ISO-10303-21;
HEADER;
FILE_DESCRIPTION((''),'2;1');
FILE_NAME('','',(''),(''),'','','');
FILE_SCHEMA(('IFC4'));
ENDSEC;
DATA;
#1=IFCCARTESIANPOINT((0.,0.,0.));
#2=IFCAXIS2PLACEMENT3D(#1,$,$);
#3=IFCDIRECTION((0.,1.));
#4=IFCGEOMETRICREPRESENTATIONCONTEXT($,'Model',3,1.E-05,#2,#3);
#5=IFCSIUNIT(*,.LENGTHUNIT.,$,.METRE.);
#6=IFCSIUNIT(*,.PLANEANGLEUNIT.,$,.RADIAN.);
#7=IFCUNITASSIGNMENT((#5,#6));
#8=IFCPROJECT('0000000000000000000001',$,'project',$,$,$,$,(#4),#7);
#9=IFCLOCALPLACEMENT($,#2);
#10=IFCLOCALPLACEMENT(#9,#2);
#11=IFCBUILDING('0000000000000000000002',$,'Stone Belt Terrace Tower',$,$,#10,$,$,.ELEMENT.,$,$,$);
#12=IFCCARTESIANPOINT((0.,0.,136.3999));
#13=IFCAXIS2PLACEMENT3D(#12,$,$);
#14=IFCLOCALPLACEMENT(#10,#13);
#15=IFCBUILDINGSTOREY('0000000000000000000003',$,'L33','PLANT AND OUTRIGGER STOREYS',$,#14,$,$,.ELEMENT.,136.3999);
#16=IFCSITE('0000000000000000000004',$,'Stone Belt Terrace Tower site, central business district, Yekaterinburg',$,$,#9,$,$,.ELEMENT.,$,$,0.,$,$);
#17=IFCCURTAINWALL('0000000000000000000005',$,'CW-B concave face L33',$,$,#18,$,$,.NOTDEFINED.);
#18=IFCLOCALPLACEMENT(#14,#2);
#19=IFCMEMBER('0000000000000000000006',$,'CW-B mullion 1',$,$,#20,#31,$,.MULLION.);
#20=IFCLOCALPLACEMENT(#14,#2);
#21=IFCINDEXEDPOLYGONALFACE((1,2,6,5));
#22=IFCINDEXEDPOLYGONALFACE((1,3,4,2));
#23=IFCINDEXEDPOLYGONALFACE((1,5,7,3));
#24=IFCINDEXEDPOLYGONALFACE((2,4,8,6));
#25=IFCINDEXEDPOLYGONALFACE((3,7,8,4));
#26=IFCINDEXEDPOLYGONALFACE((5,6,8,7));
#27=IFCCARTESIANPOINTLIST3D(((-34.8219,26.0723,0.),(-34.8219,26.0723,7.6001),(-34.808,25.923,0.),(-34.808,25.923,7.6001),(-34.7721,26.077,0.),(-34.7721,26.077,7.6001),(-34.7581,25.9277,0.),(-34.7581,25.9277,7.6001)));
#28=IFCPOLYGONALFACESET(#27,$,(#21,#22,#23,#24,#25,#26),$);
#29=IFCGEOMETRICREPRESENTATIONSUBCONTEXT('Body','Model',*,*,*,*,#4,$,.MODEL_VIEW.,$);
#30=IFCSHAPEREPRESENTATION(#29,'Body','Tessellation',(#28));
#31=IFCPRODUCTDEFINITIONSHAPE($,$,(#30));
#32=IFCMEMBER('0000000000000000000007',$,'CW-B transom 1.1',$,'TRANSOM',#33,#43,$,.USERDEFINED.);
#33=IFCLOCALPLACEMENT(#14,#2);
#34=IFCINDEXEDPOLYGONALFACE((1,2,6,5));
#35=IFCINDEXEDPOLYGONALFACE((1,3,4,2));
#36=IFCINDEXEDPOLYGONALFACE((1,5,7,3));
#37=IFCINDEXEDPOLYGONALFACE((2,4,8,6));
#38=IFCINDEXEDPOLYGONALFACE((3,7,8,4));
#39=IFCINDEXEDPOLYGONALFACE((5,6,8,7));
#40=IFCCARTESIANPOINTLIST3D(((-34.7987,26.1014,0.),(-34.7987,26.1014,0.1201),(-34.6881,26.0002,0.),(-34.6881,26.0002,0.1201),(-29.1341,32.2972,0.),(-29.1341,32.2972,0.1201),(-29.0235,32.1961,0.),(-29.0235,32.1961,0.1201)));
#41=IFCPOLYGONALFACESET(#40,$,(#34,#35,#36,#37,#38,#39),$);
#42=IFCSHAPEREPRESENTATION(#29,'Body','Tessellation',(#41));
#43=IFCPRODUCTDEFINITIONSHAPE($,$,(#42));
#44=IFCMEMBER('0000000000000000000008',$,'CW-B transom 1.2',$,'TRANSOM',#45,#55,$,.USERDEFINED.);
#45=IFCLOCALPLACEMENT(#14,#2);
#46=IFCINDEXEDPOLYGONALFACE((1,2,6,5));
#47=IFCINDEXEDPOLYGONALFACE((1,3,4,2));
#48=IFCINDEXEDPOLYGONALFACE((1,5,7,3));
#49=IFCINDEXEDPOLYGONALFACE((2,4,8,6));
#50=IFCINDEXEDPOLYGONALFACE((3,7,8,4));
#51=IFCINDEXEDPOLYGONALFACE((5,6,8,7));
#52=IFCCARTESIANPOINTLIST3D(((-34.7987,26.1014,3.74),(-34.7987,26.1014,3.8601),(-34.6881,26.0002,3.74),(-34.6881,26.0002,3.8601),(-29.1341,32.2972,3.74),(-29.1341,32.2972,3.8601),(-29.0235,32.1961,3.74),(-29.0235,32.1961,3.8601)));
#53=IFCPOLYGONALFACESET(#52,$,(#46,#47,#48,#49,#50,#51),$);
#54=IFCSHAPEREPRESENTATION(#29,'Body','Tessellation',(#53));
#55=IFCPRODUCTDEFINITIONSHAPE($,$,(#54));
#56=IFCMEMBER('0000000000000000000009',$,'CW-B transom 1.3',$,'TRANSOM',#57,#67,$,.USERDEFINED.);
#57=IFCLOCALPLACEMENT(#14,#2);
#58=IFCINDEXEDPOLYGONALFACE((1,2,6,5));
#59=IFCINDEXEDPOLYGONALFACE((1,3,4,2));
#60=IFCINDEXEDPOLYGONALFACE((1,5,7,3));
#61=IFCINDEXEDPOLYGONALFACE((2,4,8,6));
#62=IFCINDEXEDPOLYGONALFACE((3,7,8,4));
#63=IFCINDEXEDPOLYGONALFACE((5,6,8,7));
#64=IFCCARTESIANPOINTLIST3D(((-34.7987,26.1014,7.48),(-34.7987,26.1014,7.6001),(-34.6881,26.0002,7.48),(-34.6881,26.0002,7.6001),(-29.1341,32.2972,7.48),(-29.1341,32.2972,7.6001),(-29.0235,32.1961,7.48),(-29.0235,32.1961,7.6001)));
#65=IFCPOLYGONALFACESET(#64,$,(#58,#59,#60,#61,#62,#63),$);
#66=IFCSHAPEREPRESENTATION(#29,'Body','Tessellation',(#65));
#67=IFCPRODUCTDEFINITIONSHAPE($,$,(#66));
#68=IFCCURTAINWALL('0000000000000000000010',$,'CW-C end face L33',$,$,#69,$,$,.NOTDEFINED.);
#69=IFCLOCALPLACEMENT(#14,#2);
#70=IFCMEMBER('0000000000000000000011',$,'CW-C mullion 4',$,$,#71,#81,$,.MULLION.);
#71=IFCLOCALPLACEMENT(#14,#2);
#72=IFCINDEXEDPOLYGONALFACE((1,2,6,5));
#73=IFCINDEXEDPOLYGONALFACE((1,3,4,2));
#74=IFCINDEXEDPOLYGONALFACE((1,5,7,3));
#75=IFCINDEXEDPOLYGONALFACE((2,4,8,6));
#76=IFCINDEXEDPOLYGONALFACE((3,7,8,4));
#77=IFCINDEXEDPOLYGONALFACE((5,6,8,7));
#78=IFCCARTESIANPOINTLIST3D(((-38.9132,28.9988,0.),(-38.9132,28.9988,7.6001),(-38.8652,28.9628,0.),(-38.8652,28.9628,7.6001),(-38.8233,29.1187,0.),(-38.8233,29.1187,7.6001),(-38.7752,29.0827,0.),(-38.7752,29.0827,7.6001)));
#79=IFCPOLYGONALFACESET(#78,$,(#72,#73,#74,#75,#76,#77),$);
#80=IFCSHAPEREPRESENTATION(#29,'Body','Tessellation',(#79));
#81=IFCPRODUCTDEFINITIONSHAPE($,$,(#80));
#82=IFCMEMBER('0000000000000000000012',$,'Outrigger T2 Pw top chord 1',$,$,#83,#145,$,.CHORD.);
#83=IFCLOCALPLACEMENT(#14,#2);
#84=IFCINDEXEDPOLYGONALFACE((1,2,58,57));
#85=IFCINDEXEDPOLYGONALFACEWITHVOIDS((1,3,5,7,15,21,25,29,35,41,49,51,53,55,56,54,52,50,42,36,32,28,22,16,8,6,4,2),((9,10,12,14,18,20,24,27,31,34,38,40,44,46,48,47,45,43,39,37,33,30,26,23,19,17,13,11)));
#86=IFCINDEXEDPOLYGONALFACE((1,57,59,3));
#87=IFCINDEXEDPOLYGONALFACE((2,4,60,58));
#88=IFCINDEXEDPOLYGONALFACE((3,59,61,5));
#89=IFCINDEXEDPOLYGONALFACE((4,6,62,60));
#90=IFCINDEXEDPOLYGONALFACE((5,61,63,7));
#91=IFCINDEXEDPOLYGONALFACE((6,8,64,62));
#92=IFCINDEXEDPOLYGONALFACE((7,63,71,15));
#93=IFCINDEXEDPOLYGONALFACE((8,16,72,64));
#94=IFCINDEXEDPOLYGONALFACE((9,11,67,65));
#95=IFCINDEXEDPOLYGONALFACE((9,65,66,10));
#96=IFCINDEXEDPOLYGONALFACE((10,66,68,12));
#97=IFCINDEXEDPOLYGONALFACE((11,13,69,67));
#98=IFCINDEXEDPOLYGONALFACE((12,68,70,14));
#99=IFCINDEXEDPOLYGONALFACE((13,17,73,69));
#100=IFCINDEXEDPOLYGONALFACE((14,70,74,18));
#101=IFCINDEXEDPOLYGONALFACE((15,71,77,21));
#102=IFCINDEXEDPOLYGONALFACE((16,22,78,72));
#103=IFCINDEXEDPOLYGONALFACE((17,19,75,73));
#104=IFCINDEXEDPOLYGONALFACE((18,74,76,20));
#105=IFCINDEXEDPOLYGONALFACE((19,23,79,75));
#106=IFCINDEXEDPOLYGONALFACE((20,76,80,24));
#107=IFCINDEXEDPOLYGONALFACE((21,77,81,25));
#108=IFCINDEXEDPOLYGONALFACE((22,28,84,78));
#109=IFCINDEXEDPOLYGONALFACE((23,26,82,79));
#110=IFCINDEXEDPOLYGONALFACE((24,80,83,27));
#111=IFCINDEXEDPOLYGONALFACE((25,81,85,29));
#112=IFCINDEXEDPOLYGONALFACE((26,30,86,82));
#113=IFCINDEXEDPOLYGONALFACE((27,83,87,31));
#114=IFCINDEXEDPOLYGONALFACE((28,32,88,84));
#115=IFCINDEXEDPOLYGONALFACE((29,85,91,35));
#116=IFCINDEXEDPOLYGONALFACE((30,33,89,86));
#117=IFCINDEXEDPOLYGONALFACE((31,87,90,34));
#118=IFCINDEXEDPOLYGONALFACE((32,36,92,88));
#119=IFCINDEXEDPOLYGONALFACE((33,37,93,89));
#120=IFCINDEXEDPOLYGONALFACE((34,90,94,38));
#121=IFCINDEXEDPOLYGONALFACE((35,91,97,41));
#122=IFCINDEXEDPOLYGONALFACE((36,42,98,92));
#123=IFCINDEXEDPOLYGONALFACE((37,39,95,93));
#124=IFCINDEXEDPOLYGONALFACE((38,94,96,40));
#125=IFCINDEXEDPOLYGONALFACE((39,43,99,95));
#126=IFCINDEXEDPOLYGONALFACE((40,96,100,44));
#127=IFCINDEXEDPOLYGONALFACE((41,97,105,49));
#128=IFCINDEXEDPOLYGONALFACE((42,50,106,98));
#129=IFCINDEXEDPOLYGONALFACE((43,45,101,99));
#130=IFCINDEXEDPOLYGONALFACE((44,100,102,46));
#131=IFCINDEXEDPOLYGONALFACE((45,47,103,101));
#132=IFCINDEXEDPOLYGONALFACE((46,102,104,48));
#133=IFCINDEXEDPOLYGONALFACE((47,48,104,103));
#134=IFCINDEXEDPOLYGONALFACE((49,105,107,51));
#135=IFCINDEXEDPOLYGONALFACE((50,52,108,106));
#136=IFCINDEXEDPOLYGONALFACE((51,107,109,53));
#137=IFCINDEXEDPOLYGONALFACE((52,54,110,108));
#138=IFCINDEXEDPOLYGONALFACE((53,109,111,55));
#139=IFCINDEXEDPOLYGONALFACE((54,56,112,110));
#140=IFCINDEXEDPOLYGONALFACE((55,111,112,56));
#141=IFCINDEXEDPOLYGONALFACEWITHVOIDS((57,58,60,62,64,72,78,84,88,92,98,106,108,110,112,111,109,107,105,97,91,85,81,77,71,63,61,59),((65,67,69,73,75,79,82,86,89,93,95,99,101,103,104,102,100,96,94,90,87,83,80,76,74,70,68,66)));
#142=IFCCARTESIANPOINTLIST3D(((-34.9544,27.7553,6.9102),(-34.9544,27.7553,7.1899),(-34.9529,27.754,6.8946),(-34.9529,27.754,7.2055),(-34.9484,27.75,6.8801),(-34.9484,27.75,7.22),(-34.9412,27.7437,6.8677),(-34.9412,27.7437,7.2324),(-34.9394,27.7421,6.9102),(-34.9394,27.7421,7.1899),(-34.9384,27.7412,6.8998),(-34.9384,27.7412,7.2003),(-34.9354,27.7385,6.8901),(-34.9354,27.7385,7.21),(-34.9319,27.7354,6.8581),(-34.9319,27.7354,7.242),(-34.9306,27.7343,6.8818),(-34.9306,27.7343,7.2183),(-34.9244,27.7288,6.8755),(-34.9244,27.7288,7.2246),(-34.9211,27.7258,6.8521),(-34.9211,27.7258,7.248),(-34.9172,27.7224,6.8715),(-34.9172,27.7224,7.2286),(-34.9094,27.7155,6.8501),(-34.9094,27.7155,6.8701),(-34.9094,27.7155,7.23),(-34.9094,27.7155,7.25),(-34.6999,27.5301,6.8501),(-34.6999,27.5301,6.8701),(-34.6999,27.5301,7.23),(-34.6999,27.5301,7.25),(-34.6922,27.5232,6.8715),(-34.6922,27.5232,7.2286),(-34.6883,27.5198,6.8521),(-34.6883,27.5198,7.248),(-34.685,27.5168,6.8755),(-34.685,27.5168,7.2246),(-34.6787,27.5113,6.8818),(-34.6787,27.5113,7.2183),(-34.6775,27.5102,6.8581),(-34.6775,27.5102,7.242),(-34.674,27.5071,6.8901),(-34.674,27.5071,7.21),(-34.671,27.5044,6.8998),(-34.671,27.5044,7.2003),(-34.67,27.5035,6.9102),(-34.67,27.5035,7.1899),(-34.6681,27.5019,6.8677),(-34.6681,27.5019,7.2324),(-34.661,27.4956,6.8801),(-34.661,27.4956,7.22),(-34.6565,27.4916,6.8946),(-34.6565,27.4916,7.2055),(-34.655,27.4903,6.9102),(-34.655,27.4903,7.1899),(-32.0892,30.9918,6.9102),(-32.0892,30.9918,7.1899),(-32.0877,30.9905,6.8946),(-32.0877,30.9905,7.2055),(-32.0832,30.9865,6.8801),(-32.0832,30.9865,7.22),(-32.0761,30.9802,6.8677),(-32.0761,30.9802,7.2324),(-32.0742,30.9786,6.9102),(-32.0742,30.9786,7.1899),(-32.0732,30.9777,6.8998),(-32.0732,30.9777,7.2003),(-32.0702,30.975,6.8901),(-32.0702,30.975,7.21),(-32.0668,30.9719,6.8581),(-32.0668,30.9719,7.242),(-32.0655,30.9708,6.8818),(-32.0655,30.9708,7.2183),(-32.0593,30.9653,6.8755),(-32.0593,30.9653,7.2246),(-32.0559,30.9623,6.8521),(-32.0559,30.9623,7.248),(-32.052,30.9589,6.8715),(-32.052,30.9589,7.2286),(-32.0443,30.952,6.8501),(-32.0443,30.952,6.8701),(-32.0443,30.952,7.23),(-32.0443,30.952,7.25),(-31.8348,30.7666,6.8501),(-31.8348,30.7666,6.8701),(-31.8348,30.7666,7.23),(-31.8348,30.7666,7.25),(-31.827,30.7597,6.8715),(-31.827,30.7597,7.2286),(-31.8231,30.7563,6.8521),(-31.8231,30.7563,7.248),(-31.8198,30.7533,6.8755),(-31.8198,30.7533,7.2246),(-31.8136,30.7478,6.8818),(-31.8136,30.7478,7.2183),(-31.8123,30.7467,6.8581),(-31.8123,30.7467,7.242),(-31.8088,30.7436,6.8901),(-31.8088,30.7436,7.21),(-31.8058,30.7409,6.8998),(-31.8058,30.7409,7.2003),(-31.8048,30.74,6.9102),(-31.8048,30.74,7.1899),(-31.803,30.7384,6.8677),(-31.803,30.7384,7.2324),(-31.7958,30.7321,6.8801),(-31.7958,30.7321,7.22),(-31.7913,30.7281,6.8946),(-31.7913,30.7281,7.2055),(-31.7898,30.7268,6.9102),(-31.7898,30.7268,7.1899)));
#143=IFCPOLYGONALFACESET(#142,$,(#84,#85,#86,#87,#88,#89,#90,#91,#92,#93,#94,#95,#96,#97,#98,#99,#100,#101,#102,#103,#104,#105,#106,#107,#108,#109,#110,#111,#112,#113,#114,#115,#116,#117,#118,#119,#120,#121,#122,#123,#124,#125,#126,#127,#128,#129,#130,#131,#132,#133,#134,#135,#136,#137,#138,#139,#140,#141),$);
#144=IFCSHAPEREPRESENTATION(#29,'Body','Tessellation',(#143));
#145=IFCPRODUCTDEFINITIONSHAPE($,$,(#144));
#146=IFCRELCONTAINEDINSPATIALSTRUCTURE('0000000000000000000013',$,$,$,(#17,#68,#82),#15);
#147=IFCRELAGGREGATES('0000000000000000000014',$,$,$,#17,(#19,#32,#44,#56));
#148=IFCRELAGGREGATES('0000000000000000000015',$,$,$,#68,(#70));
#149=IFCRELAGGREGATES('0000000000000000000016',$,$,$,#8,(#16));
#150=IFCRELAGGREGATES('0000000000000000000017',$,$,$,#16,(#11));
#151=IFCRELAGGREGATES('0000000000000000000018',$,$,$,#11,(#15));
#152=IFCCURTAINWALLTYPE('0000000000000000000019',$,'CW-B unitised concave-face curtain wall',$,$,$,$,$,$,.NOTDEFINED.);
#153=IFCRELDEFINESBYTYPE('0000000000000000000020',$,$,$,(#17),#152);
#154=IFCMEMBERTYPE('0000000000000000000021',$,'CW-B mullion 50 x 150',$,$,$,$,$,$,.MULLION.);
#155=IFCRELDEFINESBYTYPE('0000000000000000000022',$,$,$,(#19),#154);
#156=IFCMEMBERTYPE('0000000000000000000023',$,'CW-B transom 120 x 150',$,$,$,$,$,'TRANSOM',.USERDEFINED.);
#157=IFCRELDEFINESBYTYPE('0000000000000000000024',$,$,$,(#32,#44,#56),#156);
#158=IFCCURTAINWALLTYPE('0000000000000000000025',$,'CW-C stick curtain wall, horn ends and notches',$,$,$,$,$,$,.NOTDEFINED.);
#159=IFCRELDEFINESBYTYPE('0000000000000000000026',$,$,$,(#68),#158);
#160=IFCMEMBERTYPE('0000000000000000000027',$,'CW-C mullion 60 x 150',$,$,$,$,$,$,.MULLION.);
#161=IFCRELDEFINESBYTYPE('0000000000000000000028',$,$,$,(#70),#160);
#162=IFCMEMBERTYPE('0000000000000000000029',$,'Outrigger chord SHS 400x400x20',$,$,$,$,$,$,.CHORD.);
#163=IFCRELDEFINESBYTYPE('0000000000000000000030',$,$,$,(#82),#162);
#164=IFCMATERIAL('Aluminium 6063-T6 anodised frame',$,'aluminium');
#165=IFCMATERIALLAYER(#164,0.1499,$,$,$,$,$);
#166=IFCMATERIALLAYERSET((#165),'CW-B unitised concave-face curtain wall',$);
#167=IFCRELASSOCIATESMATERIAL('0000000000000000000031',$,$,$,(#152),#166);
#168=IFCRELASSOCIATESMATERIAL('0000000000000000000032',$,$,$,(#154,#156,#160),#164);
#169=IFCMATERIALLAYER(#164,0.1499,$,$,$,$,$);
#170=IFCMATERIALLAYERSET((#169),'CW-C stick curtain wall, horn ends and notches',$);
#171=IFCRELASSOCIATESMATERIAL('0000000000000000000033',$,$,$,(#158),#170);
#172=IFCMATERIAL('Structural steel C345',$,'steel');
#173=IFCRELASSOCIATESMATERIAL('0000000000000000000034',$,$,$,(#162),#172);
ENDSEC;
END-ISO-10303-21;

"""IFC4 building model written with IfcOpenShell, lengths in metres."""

from ifc_helpers import new_model, si_unit, direction, frame, origin, origin_2d, place, context, subcontext, project, spatial, rectangle, hollow_rectangle, extrude, material, layer, layer_set, material_profile, profile_set, type_object, element, aggregate, save


model = new_model("IFC4")

# Units and contexts
model_context = context("Model", 3, precision=1e-05, world=origin(), true_north=direction((0.0, 1.0)))
body_context = subcontext(model_context, "Body", "Model", "MODEL_VIEW")
ifc_project = project(units=[si_unit("LENGTHUNIT", "METRE"), si_unit("PLANEANGLEUNIT", "RADIAN")], contexts=[model_context])

# Site, building, storey
site_placement = place(None, origin())
site = spatial("IfcSite", under=ifc_project, at=site_placement, Name="Stone Belt Terrace Tower site, central business district, Yekaterinburg", CompositionType="ELEMENT", RefElevation=0.0)
building_placement = place(site_placement, origin())
building = spatial("IfcBuilding", under=site, at=building_placement, Name="Stone Belt Terrace Tower", CompositionType="ELEMENT")
storey_placement = place(building_placement, frame((0.0, 0.0, 136.3999)))
storey = spatial("IfcBuildingStorey", under=building, at=storey_placement, Name="L33", Description="PLANT AND OUTRIGGER STOREYS", CompositionType="ELEMENT", Elevation=136.3999)

# Curtain wall, members
ifc_material_1 = material(Name="Aluminium 6063-T6 anodised frame", Category="aluminium")
ifc_layer_1 = layer(ifc_material_1, 0.1499)
ifc_layer_set_1 = layer_set([ifc_layer_1], Name="CW-B unitised concave-face curtain wall")
curtain_wall_type_1 = type_object("IfcCurtainWallType", Name="CW-B unitised concave-face curtain wall", PredefinedType="NOTDEFINED", material=ifc_layer_set_1)
curtain_wall_1_placement = place(storey_placement, origin())
curtain_wall_1 = element("IfcCurtainWall", 1, at=curtain_wall_1_placement, inside=storey, type_object=curtain_wall_type_1, Name="CW-B concave face L33", PredefinedType="NOTDEFINED")
ifc_material_profile_1 = material_profile(ifc_material_1, rectangle(XDim=0.1499, YDim=0.05, at=origin_2d()), Name="Aluminium 6063-T6 50x150")
ifc_profile_set_1 = profile_set([ifc_material_profile_1], Name="Aluminium 6063-T6 anodised frame")
member_type_1 = type_object("IfcMemberType", Name="CW-B mullion 50 x 150", PredefinedType="MULLION", material=ifc_profile_set_1)
member_1_placement = place(storey_placement, frame((-34.79, 26.0, 0.0), z_axis=(0.0, 0.0, 1.0), x_axis=(-0.093181, 0.995649, 0.0)))
member_1 = element("IfcMember", 2, at=member_1_placement, type_object=member_type_1, Name="CW-B mullion 1", PredefinedType="MULLION", context=body_context, shape_type="SweptSolid", body=[
    extrude(rectangle(XDim=0.1499, YDim=0.05, at=origin_2d()), origin(), (0.0, 0.0, 1.0), 7.6001),
])
ifc_material_profile_2 = material_profile(ifc_material_1, rectangle(XDim=0.1499, YDim=0.1201, at=origin_2d()), Name="Aluminium 6063-T6 150x120")
ifc_profile_set_2 = profile_set([ifc_material_profile_2], Name="Aluminium 6063-T6 anodised frame")
member_type_2 = type_object("IfcMemberType", Name="CW-B transom 120 x 150", ElementType="TRANSOM", PredefinedType="USERDEFINED", material=ifc_profile_set_2)
member_2_placement = place(storey_placement, frame((-34.7434, 26.0508, 0.0601), z_axis=(0.674757, 0.73804, 0.0), x_axis=(-0.73804, 0.674757, 0.0)))
member_2 = element("IfcMember", 3, at=member_2_placement, type_object=member_type_2, Name="CW-B transom 1.1", ObjectType="TRANSOM", PredefinedType="USERDEFINED", context=body_context, shape_type="SweptSolid", body=[
    extrude(rectangle(XDim=0.1499, YDim=0.1201, at=origin_2d()), origin(), (0.0, 0.0, 1.0), 8.395),
])
member_3_placement = place(storey_placement, frame((-34.7434, 26.0508, 3.8), z_axis=(0.674757, 0.73804, 0.0), x_axis=(-0.73804, 0.674757, 0.0)))
member_3 = element("IfcMember", 4, at=member_3_placement, type_object=member_type_2, Name="CW-B transom 1.2", ObjectType="TRANSOM", PredefinedType="USERDEFINED", context=body_context, shape_type="SweptSolid", body=[
    extrude(rectangle(XDim=0.1499, YDim=0.1201, at=origin_2d()), origin(), (0.0, 0.0, 1.0), 8.395),
])
member_4_placement = place(storey_placement, frame((-34.7434, 26.0508, 7.54), z_axis=(0.674757, 0.73804, 0.0), x_axis=(-0.73804, 0.674757, 0.0)))
member_4 = element("IfcMember", 5, at=member_4_placement, type_object=member_type_2, Name="CW-B transom 1.3", ObjectType="TRANSOM", PredefinedType="USERDEFINED", context=body_context, shape_type="SweptSolid", body=[
    extrude(rectangle(XDim=0.1499, YDim=0.1201, at=origin_2d()), origin(), (0.0, 0.0, 1.0), 8.395),
])
aggregate(curtain_wall_1, [member_1, member_2, member_3, member_4])

# Curtain wall, member
ifc_layer_2 = layer(ifc_material_1, 0.1499)
ifc_layer_set_2 = layer_set([ifc_layer_2], Name="CW-C stick curtain wall, horn ends and notches")
curtain_wall_type_2 = type_object("IfcCurtainWallType", Name="CW-C stick curtain wall, horn ends and notches", PredefinedType="NOTDEFINED", material=ifc_layer_set_2)
curtain_wall_2_placement = place(storey_placement, origin())
curtain_wall_2 = element("IfcCurtainWall", 6, at=curtain_wall_2_placement, inside=storey, type_object=curtain_wall_type_2, Name="CW-C end face L33", PredefinedType="NOTDEFINED")
ifc_material_profile_3 = material_profile(ifc_material_1, rectangle(XDim=0.1499, YDim=0.0601, at=origin_2d()), Name="Aluminium 6063-T6 60x150")
ifc_profile_set_3 = profile_set([ifc_material_profile_3], Name="Aluminium 6063-T6 anodised frame")
member_type_3 = type_object("IfcMemberType", Name="CW-C mullion 60 x 150", PredefinedType="MULLION", material=ifc_profile_set_3)
member_5_placement = place(storey_placement, frame((-38.8442, 29.0408, 0.0), z_axis=(0.0, 0.0, 1.0), x_axis=(0.600018, 0.799987, 0.0)))
member_5 = element("IfcMember", 7, at=member_5_placement, type_object=member_type_3, Name="CW-C mullion 4", PredefinedType="MULLION", context=body_context, shape_type="SweptSolid", body=[
    extrude(rectangle(XDim=0.1499, YDim=0.0601, at=origin_2d()), origin(), (0.0, 0.0, 1.0), 7.6001),
])

# Member
ifc_material_2 = material(Name="Structural steel C345", Category="steel")
ifc_material_profile_4 = material_profile(ifc_material_2, hollow_rectangle(XDim=0.3999, YDim=0.3999, WallThickness=0.02, InnerFilletRadius=0.04, OuterFilletRadius=0.0601, at=origin_2d()), Name="SHS 400x400x20")
ifc_profile_set_4 = profile_set([ifc_material_profile_4], Name="Structural steel C345")
member_type_4 = type_object("IfcMemberType", Name="Outrigger chord SHS 400x400x20", PredefinedType="CHORD", material=ifc_profile_set_4)
for number, where, z_axis, x_axis, name in (
    (8, (-34.8047, 27.6228, 7.05), (0.662848, 0.748754, 0.0), (-0.748754, 0.662848, 0.0), "Outrigger T2 Pw top chord 1"),
):
    element("IfcMember", number, at=place(storey_placement, frame(where, z_axis=z_axis, x_axis=x_axis)), inside=storey, type_object=member_type_4, Name=name, PredefinedType="CHORD", context=body_context, shape_type="SweptSolid", body=[
        extrude(hollow_rectangle(XDim=0.3999, YDim=0.3999, WallThickness=0.02, InnerFilletRadius=0.04, OuterFilletRadius=0.0601, at=origin_2d()), origin(), (0.0, 0.0, 1.0), 4.3225),
    ])

aggregate(curtain_wall_2, [member_5])

save(model, "model.ifc")
